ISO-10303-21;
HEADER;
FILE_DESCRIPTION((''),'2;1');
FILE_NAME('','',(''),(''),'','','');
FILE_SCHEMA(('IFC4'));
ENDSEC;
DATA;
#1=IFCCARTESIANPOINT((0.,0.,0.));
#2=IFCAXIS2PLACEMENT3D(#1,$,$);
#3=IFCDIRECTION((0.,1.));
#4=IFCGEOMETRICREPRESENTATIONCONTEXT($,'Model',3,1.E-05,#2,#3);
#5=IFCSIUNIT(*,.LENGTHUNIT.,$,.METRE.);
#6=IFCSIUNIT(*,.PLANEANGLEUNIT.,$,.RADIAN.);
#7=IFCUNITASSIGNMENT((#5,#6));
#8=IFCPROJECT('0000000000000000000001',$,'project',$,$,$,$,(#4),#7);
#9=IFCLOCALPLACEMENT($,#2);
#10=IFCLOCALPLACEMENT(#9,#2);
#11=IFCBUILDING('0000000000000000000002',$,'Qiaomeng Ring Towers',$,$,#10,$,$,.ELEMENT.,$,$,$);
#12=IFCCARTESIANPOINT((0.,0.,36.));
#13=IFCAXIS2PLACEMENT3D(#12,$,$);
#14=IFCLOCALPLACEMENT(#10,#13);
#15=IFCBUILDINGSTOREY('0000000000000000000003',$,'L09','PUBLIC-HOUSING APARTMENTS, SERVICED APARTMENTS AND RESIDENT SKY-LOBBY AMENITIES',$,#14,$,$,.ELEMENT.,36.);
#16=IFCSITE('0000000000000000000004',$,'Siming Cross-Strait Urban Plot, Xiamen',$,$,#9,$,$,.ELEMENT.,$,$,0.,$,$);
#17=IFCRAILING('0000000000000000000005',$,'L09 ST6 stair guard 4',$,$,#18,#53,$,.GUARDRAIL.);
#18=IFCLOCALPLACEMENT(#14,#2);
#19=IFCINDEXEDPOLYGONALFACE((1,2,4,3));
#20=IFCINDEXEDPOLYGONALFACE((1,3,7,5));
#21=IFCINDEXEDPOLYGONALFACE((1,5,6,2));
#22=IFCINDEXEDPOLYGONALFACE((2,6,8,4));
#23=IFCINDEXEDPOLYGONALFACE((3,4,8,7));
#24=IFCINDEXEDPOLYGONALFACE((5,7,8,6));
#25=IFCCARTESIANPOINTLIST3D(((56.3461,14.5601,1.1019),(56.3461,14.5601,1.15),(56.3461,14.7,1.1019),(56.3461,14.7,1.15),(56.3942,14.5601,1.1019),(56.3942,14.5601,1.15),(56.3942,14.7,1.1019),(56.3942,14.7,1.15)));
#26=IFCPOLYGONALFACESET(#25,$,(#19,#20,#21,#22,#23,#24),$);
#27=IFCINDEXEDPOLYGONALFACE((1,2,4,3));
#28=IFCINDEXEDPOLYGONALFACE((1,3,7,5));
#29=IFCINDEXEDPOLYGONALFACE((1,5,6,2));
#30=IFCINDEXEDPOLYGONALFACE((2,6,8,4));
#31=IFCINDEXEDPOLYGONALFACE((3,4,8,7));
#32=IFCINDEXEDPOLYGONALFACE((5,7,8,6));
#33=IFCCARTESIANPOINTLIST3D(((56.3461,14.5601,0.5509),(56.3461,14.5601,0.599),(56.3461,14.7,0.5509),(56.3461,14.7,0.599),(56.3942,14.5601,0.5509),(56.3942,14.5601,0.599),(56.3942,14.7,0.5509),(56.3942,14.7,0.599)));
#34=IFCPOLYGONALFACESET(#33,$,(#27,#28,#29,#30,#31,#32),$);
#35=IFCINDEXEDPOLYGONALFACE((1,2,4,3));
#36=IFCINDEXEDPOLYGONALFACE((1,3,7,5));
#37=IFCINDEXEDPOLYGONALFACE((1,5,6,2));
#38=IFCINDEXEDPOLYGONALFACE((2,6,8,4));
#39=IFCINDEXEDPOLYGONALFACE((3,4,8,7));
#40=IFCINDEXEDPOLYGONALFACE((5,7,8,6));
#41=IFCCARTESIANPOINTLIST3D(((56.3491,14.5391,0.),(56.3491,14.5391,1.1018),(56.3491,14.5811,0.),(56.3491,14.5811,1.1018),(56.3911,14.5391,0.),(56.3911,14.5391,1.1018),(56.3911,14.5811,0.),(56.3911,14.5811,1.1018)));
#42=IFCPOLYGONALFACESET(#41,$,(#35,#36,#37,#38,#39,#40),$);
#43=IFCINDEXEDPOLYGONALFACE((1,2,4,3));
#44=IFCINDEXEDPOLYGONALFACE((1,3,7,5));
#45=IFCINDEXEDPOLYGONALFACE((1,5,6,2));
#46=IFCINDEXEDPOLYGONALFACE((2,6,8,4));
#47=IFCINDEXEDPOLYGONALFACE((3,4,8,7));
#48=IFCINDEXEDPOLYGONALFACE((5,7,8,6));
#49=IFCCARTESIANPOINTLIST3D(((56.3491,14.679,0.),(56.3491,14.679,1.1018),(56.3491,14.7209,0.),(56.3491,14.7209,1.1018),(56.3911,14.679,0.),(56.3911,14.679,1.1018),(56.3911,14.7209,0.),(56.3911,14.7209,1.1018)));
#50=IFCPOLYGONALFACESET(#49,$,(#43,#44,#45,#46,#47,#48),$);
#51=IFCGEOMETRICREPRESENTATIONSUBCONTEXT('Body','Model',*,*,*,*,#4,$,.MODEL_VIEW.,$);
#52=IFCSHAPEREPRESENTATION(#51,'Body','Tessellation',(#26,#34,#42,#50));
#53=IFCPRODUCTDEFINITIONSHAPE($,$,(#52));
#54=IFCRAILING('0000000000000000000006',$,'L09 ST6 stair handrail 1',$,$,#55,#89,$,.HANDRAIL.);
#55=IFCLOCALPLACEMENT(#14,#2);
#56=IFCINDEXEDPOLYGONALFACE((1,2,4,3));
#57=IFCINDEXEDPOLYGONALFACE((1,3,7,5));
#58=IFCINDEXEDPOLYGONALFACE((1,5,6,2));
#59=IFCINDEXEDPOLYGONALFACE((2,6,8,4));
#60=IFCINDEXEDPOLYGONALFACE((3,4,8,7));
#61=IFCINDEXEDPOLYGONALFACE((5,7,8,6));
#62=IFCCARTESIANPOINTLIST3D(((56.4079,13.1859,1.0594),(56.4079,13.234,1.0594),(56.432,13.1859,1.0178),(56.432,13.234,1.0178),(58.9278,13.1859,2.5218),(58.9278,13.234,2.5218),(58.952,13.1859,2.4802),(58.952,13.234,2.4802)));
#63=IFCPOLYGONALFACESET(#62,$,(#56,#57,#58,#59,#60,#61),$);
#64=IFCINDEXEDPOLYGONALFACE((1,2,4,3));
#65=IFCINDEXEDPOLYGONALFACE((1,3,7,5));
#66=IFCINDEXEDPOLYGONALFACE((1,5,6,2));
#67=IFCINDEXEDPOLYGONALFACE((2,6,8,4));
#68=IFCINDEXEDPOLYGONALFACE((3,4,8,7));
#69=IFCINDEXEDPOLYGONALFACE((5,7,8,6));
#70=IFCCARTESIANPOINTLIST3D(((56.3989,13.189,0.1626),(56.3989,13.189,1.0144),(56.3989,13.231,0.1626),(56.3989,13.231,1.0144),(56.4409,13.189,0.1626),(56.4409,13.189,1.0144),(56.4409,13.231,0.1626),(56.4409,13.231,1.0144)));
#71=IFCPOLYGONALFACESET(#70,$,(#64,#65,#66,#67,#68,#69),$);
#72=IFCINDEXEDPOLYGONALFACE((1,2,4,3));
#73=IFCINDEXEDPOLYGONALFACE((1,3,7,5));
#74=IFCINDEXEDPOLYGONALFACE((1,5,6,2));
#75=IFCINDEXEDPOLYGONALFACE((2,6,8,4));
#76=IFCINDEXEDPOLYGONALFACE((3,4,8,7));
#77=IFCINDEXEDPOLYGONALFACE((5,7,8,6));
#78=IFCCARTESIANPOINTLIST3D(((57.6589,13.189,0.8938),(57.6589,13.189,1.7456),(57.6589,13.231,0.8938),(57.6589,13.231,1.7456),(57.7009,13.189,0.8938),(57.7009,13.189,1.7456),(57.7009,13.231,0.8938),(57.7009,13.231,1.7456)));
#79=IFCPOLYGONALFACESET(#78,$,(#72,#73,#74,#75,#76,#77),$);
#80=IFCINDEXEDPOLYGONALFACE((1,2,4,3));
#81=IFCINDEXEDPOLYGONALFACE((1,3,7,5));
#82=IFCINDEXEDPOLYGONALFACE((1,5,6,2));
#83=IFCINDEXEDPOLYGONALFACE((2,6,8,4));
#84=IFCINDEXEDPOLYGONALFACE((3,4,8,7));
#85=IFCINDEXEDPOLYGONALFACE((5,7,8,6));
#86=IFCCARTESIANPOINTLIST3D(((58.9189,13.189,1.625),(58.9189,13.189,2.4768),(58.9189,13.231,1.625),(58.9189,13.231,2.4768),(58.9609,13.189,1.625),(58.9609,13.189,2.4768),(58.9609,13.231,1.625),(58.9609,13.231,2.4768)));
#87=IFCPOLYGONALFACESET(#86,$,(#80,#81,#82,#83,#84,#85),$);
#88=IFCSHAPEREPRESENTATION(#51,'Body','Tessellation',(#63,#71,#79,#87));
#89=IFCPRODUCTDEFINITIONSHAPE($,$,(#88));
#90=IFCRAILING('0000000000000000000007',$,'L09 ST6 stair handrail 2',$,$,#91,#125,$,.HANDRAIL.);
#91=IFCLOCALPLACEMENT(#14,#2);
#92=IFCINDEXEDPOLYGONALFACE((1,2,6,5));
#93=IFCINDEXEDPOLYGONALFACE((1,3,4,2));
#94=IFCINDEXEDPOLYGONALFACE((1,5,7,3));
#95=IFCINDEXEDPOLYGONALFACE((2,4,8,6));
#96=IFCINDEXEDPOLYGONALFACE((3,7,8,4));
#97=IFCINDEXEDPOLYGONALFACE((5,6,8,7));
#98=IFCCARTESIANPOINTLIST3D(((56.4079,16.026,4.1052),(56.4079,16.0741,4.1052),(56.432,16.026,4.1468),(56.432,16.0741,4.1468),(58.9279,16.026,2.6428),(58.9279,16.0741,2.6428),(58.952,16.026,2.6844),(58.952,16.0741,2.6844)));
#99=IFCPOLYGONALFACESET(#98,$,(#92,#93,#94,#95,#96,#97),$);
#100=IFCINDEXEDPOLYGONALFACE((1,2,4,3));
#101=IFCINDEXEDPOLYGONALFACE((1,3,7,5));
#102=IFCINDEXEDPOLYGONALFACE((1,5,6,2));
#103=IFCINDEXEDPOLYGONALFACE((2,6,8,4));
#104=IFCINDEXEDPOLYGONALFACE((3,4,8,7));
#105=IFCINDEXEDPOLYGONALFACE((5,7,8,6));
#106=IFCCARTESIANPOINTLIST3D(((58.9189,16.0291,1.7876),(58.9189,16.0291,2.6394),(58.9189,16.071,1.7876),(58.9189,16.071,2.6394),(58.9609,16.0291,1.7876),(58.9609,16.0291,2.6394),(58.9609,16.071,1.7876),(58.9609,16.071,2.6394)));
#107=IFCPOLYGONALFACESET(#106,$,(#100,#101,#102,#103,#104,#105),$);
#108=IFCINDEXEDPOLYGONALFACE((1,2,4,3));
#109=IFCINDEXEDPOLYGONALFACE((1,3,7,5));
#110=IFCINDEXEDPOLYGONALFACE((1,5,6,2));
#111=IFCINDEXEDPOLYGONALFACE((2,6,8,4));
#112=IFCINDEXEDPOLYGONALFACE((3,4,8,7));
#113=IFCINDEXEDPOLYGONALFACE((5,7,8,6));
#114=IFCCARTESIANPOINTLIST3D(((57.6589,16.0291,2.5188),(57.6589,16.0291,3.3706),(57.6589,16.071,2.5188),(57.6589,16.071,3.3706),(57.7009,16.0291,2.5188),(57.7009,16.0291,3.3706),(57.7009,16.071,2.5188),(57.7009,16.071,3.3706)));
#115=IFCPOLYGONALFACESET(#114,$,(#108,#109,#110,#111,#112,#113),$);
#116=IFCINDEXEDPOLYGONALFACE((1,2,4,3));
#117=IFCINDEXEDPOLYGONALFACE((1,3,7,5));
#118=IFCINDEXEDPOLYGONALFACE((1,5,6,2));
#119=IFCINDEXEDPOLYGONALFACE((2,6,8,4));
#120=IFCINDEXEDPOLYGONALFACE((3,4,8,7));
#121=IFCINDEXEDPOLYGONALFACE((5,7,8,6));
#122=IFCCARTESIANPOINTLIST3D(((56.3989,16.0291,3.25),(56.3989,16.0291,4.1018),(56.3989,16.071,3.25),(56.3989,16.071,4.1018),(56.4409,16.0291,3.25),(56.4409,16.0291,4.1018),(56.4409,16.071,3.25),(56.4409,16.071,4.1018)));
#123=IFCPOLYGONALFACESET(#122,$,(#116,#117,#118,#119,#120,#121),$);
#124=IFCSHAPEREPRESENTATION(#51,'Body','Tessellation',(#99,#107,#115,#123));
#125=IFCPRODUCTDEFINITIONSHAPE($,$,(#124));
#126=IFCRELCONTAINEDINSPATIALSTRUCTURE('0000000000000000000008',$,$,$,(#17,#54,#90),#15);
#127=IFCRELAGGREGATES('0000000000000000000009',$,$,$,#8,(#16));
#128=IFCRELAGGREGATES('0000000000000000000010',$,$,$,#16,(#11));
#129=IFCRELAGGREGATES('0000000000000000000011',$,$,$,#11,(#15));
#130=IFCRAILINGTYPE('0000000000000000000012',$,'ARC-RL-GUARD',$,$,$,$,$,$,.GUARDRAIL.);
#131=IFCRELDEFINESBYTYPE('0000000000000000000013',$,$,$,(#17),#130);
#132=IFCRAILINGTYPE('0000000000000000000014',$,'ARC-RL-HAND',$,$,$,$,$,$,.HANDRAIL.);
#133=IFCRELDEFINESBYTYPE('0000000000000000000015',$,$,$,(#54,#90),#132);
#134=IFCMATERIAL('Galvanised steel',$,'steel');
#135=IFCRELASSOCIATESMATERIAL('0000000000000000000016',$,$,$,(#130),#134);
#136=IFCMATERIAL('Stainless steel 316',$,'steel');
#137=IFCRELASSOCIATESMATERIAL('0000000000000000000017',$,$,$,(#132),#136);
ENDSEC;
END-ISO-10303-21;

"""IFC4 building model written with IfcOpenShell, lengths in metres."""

from ifc_helpers import new_model, si_unit, direction, frame, origin, origin_2d, place, context, subcontext, project, spatial, rectangle, extrude, material, type_object, element, save


model = new_model("IFC4")

# Units and contexts
model_context = context("Model", 3, precision=1e-05, world=origin(), true_north=direction((0.0, 1.0)))
body_context = subcontext(model_context, "Body", "Model", "MODEL_VIEW")
ifc_project = project(units=[si_unit("LENGTHUNIT", "METRE"), si_unit("PLANEANGLEUNIT", "RADIAN")], contexts=[model_context])

# Site, building, storey
site_placement = place(None, origin())
site = spatial("IfcSite", under=ifc_project, at=site_placement, Name="Siming Cross-Strait Urban Plot, Xiamen", CompositionType="ELEMENT", RefElevation=0.0)
building_placement = place(site_placement, origin())
building = spatial("IfcBuilding", under=site, at=building_placement, Name="Qiaomeng Ring Towers", CompositionType="ELEMENT")
storey_placement = place(building_placement, frame((0.0, 0.0, 36.0)))
storey = spatial("IfcBuildingStorey", under=building, at=storey_placement, Name="L09", Description="PUBLIC-HOUSING APARTMENTS, SERVICED APARTMENTS AND RESIDENT SKY-LOBBY AMENITIES", CompositionType="ELEMENT", Elevation=36.0)

# Shared definitions
ifc_material_1 = material(Name="Galvanised steel", Category="steel")
ifc_material_2 = material(Name="Stainless steel 316", Category="steel")

# Railings
railing_type_1 = type_object("IfcRailingType", Name="ARC-RL-GUARD", PredefinedType="GUARDRAIL", material=ifc_material_1)
railing_1_placement = place(storey_placement, frame((56.3701, 14.5601, 0.0)))
element("IfcRailing", 1, at=railing_1_placement, inside=storey, type_object=railing_type_1, Name="L09 ST6 stair guard 4", PredefinedType="GUARDRAIL", context=body_context, shape_type="SweptSolid", body=[
    extrude(rectangle(XDim=0.0481, YDim=0.0481, at=origin_2d()), frame((0.0, 0.0, 1.126), z_axis=(0.0, 1.0, 0.0), x_axis=(-1.0, 0.0, 0.0)), (0.0, 0.0, 1.0), 0.1399),
    extrude(rectangle(XDim=0.0481, YDim=0.0481, at=origin_2d()), frame((0.0, 0.0, 0.575), z_axis=(0.0, 1.0, 0.0), x_axis=(-1.0, 0.0, 0.0)), (0.0, 0.0, 1.0), 0.1399),
    extrude(rectangle(XDim=0.042, YDim=0.042, at=origin_2d()), origin(), (0.0, 0.0, 1.0), 1.1018),
    extrude(rectangle(XDim=0.042, YDim=0.042, at=origin_2d()), frame((0.0, 0.1399, 0.0)), (0.0, 0.0, 1.0), 1.1018),
])
railing_type_2 = type_object("IfcRailingType", Name="ARC-RL-HAND", PredefinedType="HANDRAIL", material=ifc_material_2)
railing_2_placement = place(storey_placement, frame((56.4199, 13.21, 0.1626)))
element("IfcRailing", 2, at=railing_2_placement, inside=storey, type_object=railing_type_2, Name="L09 ST6 stair handrail 1", PredefinedType="HANDRAIL", context=body_context, shape_type="SweptSolid", body=[
    extrude(rectangle(XDim=0.0481, YDim=0.0481, at=origin_2d()), frame((0.0, 0.0, 0.876), z_axis=(0.864913, 0.0, 0.501921), x_axis=(0.0, 1.0, 0.0)), (0.0, 0.0, 1.0), 2.9136),
    extrude(rectangle(XDim=0.042, YDim=0.042, at=origin_2d()), origin(), (0.0, 0.0, 1.0), 0.8518),
    extrude(rectangle(XDim=0.042, YDim=0.042, at=origin_2d()), frame((1.26, 0.0, 0.7312)), (0.0, 0.0, 1.0), 0.8518),
    extrude(rectangle(XDim=0.042, YDim=0.042, at=origin_2d()), frame((2.52, 0.0, 1.4624)), (0.0, 0.0, 1.0), 0.8518),
])
railing_3_placement = place(storey_placement, frame((58.9399, 16.05, 1.7876)))
element("IfcRailing", 3, at=railing_3_placement, inside=storey, type_object=railing_type_2, Name="L09 ST6 stair handrail 2", PredefinedType="HANDRAIL", context=body_context, shape_type="SweptSolid", body=[
    extrude(rectangle(XDim=0.0481, YDim=0.0481, at=origin_2d()), frame((0.0, 0.0, 0.876), z_axis=(-0.864913, 0.0, 0.501921), x_axis=(0.0, -1.0, 0.0)), (0.0, 0.0, 1.0), 2.9136),
    extrude(rectangle(XDim=0.042, YDim=0.042, at=origin_2d()), origin(), (0.0, 0.0, 1.0), 0.8518),
    extrude(rectangle(XDim=0.042, YDim=0.042, at=origin_2d()), frame((-1.26, 0.0, 0.7312)), (0.0, 0.0, 1.0), 0.8518),
    extrude(rectangle(XDim=0.042, YDim=0.042, at=origin_2d()), frame((-2.52, 0.0, 1.4624)), (0.0, 0.0, 1.0), 0.8518),
])

save(model, "model.ifc")
